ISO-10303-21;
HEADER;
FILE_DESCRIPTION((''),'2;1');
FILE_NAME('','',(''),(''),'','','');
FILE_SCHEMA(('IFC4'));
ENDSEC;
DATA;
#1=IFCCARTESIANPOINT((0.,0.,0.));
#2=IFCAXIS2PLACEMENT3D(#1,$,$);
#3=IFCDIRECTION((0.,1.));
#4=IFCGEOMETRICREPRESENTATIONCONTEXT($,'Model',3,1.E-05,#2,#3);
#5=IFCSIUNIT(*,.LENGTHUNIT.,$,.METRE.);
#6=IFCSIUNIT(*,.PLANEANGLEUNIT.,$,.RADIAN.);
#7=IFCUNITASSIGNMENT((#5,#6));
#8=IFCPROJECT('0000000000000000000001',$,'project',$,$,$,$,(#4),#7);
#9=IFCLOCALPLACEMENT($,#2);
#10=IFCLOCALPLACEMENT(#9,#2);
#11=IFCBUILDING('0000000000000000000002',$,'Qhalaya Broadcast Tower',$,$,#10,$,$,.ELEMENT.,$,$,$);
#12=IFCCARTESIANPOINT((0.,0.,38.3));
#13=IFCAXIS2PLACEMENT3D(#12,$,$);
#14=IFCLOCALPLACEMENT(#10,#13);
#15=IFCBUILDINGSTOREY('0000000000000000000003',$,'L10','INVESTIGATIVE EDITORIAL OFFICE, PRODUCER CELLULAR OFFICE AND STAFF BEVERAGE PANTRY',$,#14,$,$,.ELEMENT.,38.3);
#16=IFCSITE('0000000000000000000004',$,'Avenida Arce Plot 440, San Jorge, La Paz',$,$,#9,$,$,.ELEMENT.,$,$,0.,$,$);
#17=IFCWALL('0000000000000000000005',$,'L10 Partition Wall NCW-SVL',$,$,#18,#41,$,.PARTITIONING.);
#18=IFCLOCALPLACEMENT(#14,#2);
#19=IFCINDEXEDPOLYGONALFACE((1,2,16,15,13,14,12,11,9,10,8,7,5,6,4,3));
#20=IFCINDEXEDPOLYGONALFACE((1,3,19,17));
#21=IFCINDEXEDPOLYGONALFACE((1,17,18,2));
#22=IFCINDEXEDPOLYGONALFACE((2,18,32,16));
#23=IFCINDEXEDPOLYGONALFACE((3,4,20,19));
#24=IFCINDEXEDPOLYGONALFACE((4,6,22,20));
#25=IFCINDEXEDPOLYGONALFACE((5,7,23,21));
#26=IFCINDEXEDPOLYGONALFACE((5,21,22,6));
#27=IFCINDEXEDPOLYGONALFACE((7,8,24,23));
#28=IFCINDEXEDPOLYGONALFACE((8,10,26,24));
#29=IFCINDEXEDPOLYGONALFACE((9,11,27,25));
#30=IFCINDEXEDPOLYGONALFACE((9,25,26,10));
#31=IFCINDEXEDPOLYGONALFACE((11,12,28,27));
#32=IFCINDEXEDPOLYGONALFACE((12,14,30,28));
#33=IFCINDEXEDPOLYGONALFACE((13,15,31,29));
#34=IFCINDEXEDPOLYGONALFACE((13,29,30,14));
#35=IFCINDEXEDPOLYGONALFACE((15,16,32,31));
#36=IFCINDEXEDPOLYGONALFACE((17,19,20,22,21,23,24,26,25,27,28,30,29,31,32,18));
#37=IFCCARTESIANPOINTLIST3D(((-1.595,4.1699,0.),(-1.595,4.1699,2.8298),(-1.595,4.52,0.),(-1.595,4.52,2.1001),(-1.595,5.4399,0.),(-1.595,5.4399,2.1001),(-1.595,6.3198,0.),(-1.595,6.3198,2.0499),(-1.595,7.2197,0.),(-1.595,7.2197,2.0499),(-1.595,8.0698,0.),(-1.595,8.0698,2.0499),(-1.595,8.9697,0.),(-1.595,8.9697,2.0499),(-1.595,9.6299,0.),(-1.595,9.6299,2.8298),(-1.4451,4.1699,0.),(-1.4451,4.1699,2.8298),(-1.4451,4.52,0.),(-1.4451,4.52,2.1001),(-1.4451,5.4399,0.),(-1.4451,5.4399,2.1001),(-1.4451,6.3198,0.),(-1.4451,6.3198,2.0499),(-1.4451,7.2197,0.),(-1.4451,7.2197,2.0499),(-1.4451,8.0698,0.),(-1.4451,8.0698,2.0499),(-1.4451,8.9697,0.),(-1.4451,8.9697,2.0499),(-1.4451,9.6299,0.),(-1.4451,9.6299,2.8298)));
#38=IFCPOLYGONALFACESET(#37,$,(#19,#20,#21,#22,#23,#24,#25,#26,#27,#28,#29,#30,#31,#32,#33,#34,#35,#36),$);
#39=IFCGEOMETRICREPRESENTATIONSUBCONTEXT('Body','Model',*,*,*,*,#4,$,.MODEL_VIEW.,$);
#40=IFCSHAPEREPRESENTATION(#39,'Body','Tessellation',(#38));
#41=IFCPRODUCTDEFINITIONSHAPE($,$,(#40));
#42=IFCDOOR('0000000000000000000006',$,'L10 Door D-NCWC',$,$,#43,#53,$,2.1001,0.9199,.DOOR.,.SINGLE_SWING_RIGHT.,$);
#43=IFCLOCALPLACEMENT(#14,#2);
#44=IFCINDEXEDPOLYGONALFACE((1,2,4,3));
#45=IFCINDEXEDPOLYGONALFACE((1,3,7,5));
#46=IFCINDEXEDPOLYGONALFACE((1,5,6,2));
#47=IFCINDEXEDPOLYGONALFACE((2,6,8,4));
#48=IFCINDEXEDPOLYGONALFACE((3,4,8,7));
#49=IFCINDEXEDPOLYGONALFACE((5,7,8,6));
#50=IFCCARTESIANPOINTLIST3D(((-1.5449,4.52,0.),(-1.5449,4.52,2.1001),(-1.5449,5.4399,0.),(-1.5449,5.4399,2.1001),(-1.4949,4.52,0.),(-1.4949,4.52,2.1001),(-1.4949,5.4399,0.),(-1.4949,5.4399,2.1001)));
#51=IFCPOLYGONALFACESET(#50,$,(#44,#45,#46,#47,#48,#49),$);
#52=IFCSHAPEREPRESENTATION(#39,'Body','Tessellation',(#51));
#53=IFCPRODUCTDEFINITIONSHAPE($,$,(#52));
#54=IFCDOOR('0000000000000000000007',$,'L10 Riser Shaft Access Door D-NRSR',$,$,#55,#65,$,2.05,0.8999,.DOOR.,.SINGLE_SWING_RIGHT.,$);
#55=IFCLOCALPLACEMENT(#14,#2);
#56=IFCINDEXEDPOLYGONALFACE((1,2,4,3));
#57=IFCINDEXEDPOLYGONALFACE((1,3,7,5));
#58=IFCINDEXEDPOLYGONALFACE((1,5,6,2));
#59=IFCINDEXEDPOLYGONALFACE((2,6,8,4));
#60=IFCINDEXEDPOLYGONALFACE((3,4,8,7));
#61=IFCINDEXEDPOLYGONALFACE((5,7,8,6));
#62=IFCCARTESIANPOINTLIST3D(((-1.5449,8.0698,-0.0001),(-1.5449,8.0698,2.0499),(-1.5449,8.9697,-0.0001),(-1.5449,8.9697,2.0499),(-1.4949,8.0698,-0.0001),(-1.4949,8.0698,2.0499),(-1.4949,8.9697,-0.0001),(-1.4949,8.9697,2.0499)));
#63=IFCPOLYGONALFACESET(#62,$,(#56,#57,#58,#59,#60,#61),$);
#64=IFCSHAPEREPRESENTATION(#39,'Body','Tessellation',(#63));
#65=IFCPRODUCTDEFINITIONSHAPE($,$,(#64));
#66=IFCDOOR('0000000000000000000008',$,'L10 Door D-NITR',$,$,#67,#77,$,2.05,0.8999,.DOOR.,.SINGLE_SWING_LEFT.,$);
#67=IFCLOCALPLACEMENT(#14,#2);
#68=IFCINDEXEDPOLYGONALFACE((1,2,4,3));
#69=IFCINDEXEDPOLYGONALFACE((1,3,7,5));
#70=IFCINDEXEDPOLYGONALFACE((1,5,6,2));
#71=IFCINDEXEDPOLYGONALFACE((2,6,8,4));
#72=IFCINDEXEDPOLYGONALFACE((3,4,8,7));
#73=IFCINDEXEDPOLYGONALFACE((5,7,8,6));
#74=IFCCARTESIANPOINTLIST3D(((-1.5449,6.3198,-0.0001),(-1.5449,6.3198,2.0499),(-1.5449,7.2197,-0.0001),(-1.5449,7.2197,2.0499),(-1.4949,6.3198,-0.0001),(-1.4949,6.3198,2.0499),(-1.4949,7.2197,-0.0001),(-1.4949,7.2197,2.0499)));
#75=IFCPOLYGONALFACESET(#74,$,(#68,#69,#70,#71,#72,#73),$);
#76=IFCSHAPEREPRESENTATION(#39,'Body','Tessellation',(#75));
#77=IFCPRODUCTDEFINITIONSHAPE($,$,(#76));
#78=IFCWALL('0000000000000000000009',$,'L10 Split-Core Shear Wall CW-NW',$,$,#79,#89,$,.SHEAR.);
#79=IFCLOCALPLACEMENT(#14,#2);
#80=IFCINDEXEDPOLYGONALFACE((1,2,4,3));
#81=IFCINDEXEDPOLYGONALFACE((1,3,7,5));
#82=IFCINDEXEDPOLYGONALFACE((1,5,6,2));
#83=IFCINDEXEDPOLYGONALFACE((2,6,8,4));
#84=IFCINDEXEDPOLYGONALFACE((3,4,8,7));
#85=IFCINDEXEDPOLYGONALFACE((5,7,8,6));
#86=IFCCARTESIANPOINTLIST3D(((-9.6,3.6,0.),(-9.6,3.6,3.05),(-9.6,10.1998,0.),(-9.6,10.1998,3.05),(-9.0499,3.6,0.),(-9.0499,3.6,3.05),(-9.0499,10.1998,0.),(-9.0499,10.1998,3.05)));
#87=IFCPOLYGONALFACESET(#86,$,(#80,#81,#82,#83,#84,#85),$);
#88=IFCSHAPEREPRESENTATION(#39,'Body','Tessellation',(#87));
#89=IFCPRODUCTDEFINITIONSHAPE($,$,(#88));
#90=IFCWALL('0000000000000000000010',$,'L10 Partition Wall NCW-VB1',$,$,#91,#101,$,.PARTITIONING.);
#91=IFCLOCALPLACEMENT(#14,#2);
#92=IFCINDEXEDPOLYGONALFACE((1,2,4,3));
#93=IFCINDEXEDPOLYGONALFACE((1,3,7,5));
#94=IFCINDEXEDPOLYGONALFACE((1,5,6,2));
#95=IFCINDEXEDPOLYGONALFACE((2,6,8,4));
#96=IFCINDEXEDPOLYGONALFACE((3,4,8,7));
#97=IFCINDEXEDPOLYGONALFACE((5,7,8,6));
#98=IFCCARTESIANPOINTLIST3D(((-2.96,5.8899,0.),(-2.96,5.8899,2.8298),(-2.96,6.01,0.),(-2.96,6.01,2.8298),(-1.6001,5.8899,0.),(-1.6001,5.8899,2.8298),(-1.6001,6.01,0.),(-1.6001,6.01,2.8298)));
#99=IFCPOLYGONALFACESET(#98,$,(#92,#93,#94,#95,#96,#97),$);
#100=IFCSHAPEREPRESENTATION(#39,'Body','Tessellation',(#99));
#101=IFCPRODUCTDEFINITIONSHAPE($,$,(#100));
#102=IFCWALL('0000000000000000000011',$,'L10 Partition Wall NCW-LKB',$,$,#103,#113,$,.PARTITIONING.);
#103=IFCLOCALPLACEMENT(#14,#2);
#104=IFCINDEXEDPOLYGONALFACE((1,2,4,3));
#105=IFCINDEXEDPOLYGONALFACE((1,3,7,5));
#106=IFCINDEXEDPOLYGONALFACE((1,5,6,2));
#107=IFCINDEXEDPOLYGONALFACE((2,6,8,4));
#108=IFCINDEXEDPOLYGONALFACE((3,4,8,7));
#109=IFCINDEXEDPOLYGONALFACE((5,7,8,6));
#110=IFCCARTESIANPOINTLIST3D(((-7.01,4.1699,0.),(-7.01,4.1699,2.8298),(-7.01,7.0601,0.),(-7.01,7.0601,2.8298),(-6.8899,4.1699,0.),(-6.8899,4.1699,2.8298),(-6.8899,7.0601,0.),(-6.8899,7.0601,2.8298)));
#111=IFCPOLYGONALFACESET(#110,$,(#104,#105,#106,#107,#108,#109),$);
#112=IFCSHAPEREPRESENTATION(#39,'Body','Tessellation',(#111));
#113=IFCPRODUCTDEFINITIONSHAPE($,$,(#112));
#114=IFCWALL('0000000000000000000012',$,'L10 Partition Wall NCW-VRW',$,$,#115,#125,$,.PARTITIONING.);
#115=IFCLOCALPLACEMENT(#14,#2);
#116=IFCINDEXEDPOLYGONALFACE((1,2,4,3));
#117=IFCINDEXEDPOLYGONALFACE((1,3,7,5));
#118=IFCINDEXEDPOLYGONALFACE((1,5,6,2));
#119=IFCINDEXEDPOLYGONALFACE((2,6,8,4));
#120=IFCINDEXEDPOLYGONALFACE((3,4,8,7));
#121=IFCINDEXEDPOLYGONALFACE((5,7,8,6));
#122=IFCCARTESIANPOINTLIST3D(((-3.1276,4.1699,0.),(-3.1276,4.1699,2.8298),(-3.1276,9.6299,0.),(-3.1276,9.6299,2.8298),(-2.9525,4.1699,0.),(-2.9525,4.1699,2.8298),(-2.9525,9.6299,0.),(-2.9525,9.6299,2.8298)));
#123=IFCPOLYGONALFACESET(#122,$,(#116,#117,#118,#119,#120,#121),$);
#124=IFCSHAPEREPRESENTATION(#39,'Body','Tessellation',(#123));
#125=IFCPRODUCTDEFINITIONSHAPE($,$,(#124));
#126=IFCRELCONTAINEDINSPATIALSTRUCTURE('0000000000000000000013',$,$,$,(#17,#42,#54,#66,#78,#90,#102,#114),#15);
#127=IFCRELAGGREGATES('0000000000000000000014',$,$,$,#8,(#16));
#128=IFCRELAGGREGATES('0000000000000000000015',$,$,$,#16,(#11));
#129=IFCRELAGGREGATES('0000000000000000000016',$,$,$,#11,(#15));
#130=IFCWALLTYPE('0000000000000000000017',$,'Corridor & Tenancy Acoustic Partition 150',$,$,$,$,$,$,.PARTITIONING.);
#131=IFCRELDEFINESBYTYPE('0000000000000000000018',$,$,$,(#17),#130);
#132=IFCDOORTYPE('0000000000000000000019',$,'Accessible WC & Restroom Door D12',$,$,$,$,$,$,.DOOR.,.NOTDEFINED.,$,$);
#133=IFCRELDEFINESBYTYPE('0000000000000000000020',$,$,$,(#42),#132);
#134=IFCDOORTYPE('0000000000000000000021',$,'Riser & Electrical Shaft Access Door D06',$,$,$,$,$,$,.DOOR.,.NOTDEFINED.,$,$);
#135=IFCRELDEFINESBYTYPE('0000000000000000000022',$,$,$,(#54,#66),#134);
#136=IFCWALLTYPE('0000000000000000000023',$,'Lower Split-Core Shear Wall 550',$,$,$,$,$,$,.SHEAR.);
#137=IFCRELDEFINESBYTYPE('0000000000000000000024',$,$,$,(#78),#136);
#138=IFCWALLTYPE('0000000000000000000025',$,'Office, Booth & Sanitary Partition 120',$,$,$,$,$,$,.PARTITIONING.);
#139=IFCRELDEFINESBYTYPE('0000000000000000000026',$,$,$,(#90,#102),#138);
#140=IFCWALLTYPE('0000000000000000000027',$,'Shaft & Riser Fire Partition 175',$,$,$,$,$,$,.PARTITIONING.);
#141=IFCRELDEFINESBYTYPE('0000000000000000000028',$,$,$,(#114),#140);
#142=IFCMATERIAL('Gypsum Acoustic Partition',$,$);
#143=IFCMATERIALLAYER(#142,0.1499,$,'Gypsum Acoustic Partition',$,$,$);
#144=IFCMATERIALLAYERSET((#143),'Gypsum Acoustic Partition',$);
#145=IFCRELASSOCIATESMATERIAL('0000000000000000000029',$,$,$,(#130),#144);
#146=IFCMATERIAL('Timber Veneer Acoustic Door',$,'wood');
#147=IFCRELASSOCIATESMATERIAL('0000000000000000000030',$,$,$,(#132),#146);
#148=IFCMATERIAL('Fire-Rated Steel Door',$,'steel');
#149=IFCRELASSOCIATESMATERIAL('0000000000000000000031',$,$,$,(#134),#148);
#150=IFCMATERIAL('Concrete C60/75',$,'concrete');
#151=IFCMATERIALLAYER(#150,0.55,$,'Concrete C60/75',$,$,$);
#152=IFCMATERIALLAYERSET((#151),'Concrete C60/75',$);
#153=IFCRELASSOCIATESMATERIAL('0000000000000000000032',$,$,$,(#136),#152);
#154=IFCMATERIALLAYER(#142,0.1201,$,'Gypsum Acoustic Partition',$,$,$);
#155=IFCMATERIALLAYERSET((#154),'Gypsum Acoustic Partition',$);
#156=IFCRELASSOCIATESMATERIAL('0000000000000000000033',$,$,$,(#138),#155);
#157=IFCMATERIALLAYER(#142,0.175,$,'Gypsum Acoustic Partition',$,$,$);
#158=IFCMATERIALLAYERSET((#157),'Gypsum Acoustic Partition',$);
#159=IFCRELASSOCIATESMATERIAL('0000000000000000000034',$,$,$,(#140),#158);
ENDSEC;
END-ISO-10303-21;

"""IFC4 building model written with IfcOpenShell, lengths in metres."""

from ifc_helpers import new_model, si_unit, direction, frame, frame_2d, origin, place, context, subcontext, project, spatial, rectangle, extrude, material, layer, layer_set, type_object, element, fill, save


model = new_model("IFC4")

# Units and contexts
model_context = context("Model", 3, precision=1e-05, world=origin(), true_north=direction((0.0, 1.0)))
body_context = subcontext(model_context, "Body", "Model", "MODEL_VIEW")
ifc_project = project(units=[si_unit("LENGTHUNIT", "METRE"), si_unit("PLANEANGLEUNIT", "RADIAN")], contexts=[model_context])

# Site, building, storey
site_placement = place(None, origin())
site = spatial("IfcSite", under=ifc_project, at=site_placement, Name="Avenida Arce Plot 440, San Jorge, La Paz", CompositionType="ELEMENT", RefElevation=0.0)
building_placement = place(site_placement, origin())
building = spatial("IfcBuilding", under=site, at=building_placement, Name="Qhalaya Broadcast Tower", CompositionType="ELEMENT")
storey_placement = place(building_placement, frame((0.0, 0.0, 38.3)))
storey = spatial("IfcBuildingStorey", under=building, at=storey_placement, Name="L10", Description="INVESTIGATIVE EDITORIAL OFFICE, PRODUCER CELLULAR OFFICE AND STAFF BEVERAGE PANTRY", CompositionType="ELEMENT", Elevation=38.3)

# Wall, openings, doors
ifc_material_1 = material(Name="Gypsum Acoustic Partition")
ifc_layer_1 = layer(ifc_material_1, 0.1499, Name="Gypsum Acoustic Partition")
ifc_layer_set_1 = layer_set([ifc_layer_1], Name="Gypsum Acoustic Partition")
wall_type_1 = type_object("IfcWallType", Name="Corridor & Tenancy Acoustic Partition 150", PredefinedType="PARTITIONING", material=ifc_layer_set_1)
wall_1_placement = place(storey_placement, frame((-1.52, 4.1699, 0.0), z_axis=(0.0, 0.0, 1.0), x_axis=(0.0, 1.0, 0.0)))
wall_1 = element("IfcWall", 1, at=wall_1_placement, inside=storey, type_object=wall_type_1, Name="L10 Partition Wall NCW-SVL", PredefinedType="PARTITIONING", context=body_context, shape_type="SweptSolid", body=[
    extrude(rectangle(XDim=5.46, YDim=0.1499, at=frame_2d((2.73, 0.0))), origin(), (0.0, 0.0, 1.0), 2.8298),
])
opening_1_placement = place(wall_1_placement, frame((3.8999, 0.0, 0.0)))
opening_1 = element("IfcOpeningElement", 2, at=opening_1_placement, cuts=wall_1, PredefinedType="OPENING", context=body_context, shape_type="SweptSolid", body=[
    extrude(rectangle(XDim=0.8999, YDim=2.05, at=frame_2d((0.45, 1.0249))), frame((0.0, 0.0869, 0.0), z_axis=(0.0, -1.0, 0.0), x_axis=(1.0, 0.0, 0.0)), (0.0, 0.0, 1.0), 0.1738),
])
opening_2_placement = place(wall_1_placement, frame((2.1499, 0.0, 0.0)))
opening_2 = element("IfcOpeningElement", 3, at=opening_2_placement, cuts=wall_1, PredefinedType="OPENING", context=body_context, shape_type="SweptSolid", body=[
    extrude(rectangle(XDim=0.8999, YDim=2.05, at=frame_2d((0.45, 1.0249))), frame((0.0, 0.0869, 0.0), z_axis=(0.0, -1.0, 0.0), x_axis=(1.0, 0.0, 0.0)), (0.0, 0.0, 1.0), 0.1738),
])
opening_3_placement = place(wall_1_placement, frame((0.3501, 0.0, 0.0)))
opening_3 = element("IfcOpeningElement", 4, at=opening_3_placement, cuts=wall_1, PredefinedType="OPENING", context=body_context, shape_type="SweptSolid", body=[
    extrude(rectangle(XDim=0.9199, YDim=2.1001, at=frame_2d((0.46, 1.05))), frame((0.0, 0.0869, 0.0), z_axis=(0.0, -1.0, 0.0), x_axis=(1.0, 0.0, 0.0)), (0.0, 0.0, 1.0), 0.1738),
])
ifc_material_2 = material(Name="Timber Veneer Acoustic Door", Category="wood")
door_type_1 = type_object("IfcDoorType", Name="Accessible WC & Restroom Door D12", OperationType="NOTDEFINED", PredefinedType="DOOR", material=ifc_material_2)
door_1_placement = place(opening_3_placement, origin())
door_1 = element("IfcDoor", 5, at=door_1_placement, inside=storey, type_object=door_type_1, Name="L10 Door D-NCWC", OperationType="SINGLE_SWING_RIGHT", OverallHeight=2.1001, OverallWidth=0.9199, PredefinedType="DOOR", context=body_context, shape_type="SweptSolid", body=[
    extrude(rectangle(XDim=0.9199, YDim=2.1001, at=frame_2d((0.46, 1.05))), frame((0.0, 0.0249, 0.0), z_axis=(0.0, -1.0, 0.0), x_axis=(1.0, 0.0, 0.0)), (0.0, 0.0, 1.0), 0.05),
])
fill(opening_3, door_1)
ifc_material_3 = material(Name="Fire-Rated Steel Door", Category="steel")
door_type_2 = type_object("IfcDoorType", Name="Riser & Electrical Shaft Access Door D06", OperationType="NOTDEFINED", PredefinedType="DOOR", material=ifc_material_3)
door_2_placement = place(opening_1_placement, origin())
door_2 = element("IfcDoor", 6, at=door_2_placement, inside=storey, type_object=door_type_2, Name="L10 Riser Shaft Access Door D-NRSR", OperationType="SINGLE_SWING_RIGHT", OverallHeight=2.05, OverallWidth=0.8999, PredefinedType="DOOR", context=body_context, shape_type="SweptSolid", body=[
    extrude(rectangle(XDim=0.8999, YDim=2.05, at=frame_2d((0.45, 1.0249))), frame((0.0, 0.0249, 0.0), z_axis=(0.0, -1.0, 0.0), x_axis=(1.0, 0.0, 0.0)), (0.0, 0.0, 1.0), 0.05),
])
fill(opening_1, door_2)
door_3_placement = place(opening_2_placement, origin())
door_3 = element("IfcDoor", 7, at=door_3_placement, inside=storey, type_object=door_type_2, Name="L10 Door D-NITR", OperationType="SINGLE_SWING_LEFT", OverallHeight=2.05, OverallWidth=0.8999, PredefinedType="DOOR", context=body_context, shape_type="SweptSolid", body=[
    extrude(rectangle(XDim=0.8999, YDim=2.05, at=frame_2d((0.45, 1.0249))), frame((0.0, 0.0249, 0.0), z_axis=(0.0, -1.0, 0.0), x_axis=(1.0, 0.0, 0.0)), (0.0, 0.0, 1.0), 0.05),
])
fill(opening_2, door_3)
ifc_material_4 = material(Name="Concrete C60/75", Category="concrete")
ifc_layer_2 = layer(ifc_material_4, 0.55, Name="Concrete C60/75")
ifc_layer_set_2 = layer_set([ifc_layer_2], Name="Concrete C60/75")
wall_type_2 = type_object("IfcWallType", Name="Lower Split-Core Shear Wall 550", PredefinedType="SHEAR", material=ifc_layer_set_2)

# Walls
wall_2_placement = place(storey_placement, frame((-9.325, 3.6001, 0.0), z_axis=(0.0, 0.0, 1.0), x_axis=(0.0, 1.0, 0.0)))
element("IfcWall", 8, at=wall_2_placement, inside=storey, type_object=wall_type_2, Name="L10 Split-Core Shear Wall CW-NW", PredefinedType="SHEAR", context=body_context, shape_type="SweptSolid", body=[
    extrude(rectangle(XDim=6.5999, YDim=0.55, at=frame_2d((3.2998, 0.0))), origin(), (0.0, 0.0, 1.0), 3.05),
])
ifc_layer_3 = layer(ifc_material_1, 0.1201, Name="Gypsum Acoustic Partition")
ifc_layer_set_3 = layer_set([ifc_layer_3], Name="Gypsum Acoustic Partition")
wall_type_3 = type_object("IfcWallType", Name="Office, Booth & Sanitary Partition 120", PredefinedType="PARTITIONING", material=ifc_layer_set_3)
wall_3_placement = place(storey_placement, frame((-2.96, 5.95, 0.0), z_axis=(0.0, 0.0, 1.0), x_axis=(1.0, 0.0, 0.0)))
element("IfcWall", 9, at=wall_3_placement, inside=storey, type_object=wall_type_3, Name="L10 Partition Wall NCW-VB1", PredefinedType="PARTITIONING", context=body_context, shape_type="SweptSolid", body=[
    extrude(rectangle(XDim=1.3599, YDim=0.1201, at=frame_2d((0.6799, 0.0))), origin(), (0.0, 0.0, 1.0), 2.8298),
])
wall_4_placement = place(storey_placement, frame((-6.95, 4.1699, 0.0), z_axis=(0.0, 0.0, 1.0), x_axis=(0.0, 1.0, 0.0)))
element("IfcWall", 10, at=wall_4_placement, inside=storey, type_object=wall_type_3, Name="L10 Partition Wall NCW-LKB", PredefinedType="PARTITIONING", context=body_context, shape_type="SweptSolid", body=[
    extrude(rectangle(XDim=2.8901, YDim=0.1201, at=frame_2d((1.4451, 0.0))), origin(), (0.0, 0.0, 1.0), 2.8298),
])
ifc_layer_4 = layer(ifc_material_1, 0.175, Name="Gypsum Acoustic Partition")
ifc_layer_set_4 = layer_set([ifc_layer_4], Name="Gypsum Acoustic Partition")
wall_type_4 = type_object("IfcWallType", Name="Shaft & Riser Fire Partition 175", PredefinedType="PARTITIONING", material=ifc_layer_set_4)
wall_5_placement = place(storey_placement, frame((-3.04, 4.1699, 0.0), z_axis=(0.0, 0.0, 1.0), x_axis=(0.0, 1.0, 0.0)))
element("IfcWall", 11, at=wall_5_placement, inside=storey, type_object=wall_type_4, Name="L10 Partition Wall NCW-VRW", PredefinedType="PARTITIONING", context=body_context, shape_type="SweptSolid", body=[
    extrude(rectangle(XDim=5.46, YDim=0.175, at=frame_2d((2.73, 0.0))), origin(), (0.0, 0.0, 1.0), 2.8298),
])

save(model, "model.ifc")
